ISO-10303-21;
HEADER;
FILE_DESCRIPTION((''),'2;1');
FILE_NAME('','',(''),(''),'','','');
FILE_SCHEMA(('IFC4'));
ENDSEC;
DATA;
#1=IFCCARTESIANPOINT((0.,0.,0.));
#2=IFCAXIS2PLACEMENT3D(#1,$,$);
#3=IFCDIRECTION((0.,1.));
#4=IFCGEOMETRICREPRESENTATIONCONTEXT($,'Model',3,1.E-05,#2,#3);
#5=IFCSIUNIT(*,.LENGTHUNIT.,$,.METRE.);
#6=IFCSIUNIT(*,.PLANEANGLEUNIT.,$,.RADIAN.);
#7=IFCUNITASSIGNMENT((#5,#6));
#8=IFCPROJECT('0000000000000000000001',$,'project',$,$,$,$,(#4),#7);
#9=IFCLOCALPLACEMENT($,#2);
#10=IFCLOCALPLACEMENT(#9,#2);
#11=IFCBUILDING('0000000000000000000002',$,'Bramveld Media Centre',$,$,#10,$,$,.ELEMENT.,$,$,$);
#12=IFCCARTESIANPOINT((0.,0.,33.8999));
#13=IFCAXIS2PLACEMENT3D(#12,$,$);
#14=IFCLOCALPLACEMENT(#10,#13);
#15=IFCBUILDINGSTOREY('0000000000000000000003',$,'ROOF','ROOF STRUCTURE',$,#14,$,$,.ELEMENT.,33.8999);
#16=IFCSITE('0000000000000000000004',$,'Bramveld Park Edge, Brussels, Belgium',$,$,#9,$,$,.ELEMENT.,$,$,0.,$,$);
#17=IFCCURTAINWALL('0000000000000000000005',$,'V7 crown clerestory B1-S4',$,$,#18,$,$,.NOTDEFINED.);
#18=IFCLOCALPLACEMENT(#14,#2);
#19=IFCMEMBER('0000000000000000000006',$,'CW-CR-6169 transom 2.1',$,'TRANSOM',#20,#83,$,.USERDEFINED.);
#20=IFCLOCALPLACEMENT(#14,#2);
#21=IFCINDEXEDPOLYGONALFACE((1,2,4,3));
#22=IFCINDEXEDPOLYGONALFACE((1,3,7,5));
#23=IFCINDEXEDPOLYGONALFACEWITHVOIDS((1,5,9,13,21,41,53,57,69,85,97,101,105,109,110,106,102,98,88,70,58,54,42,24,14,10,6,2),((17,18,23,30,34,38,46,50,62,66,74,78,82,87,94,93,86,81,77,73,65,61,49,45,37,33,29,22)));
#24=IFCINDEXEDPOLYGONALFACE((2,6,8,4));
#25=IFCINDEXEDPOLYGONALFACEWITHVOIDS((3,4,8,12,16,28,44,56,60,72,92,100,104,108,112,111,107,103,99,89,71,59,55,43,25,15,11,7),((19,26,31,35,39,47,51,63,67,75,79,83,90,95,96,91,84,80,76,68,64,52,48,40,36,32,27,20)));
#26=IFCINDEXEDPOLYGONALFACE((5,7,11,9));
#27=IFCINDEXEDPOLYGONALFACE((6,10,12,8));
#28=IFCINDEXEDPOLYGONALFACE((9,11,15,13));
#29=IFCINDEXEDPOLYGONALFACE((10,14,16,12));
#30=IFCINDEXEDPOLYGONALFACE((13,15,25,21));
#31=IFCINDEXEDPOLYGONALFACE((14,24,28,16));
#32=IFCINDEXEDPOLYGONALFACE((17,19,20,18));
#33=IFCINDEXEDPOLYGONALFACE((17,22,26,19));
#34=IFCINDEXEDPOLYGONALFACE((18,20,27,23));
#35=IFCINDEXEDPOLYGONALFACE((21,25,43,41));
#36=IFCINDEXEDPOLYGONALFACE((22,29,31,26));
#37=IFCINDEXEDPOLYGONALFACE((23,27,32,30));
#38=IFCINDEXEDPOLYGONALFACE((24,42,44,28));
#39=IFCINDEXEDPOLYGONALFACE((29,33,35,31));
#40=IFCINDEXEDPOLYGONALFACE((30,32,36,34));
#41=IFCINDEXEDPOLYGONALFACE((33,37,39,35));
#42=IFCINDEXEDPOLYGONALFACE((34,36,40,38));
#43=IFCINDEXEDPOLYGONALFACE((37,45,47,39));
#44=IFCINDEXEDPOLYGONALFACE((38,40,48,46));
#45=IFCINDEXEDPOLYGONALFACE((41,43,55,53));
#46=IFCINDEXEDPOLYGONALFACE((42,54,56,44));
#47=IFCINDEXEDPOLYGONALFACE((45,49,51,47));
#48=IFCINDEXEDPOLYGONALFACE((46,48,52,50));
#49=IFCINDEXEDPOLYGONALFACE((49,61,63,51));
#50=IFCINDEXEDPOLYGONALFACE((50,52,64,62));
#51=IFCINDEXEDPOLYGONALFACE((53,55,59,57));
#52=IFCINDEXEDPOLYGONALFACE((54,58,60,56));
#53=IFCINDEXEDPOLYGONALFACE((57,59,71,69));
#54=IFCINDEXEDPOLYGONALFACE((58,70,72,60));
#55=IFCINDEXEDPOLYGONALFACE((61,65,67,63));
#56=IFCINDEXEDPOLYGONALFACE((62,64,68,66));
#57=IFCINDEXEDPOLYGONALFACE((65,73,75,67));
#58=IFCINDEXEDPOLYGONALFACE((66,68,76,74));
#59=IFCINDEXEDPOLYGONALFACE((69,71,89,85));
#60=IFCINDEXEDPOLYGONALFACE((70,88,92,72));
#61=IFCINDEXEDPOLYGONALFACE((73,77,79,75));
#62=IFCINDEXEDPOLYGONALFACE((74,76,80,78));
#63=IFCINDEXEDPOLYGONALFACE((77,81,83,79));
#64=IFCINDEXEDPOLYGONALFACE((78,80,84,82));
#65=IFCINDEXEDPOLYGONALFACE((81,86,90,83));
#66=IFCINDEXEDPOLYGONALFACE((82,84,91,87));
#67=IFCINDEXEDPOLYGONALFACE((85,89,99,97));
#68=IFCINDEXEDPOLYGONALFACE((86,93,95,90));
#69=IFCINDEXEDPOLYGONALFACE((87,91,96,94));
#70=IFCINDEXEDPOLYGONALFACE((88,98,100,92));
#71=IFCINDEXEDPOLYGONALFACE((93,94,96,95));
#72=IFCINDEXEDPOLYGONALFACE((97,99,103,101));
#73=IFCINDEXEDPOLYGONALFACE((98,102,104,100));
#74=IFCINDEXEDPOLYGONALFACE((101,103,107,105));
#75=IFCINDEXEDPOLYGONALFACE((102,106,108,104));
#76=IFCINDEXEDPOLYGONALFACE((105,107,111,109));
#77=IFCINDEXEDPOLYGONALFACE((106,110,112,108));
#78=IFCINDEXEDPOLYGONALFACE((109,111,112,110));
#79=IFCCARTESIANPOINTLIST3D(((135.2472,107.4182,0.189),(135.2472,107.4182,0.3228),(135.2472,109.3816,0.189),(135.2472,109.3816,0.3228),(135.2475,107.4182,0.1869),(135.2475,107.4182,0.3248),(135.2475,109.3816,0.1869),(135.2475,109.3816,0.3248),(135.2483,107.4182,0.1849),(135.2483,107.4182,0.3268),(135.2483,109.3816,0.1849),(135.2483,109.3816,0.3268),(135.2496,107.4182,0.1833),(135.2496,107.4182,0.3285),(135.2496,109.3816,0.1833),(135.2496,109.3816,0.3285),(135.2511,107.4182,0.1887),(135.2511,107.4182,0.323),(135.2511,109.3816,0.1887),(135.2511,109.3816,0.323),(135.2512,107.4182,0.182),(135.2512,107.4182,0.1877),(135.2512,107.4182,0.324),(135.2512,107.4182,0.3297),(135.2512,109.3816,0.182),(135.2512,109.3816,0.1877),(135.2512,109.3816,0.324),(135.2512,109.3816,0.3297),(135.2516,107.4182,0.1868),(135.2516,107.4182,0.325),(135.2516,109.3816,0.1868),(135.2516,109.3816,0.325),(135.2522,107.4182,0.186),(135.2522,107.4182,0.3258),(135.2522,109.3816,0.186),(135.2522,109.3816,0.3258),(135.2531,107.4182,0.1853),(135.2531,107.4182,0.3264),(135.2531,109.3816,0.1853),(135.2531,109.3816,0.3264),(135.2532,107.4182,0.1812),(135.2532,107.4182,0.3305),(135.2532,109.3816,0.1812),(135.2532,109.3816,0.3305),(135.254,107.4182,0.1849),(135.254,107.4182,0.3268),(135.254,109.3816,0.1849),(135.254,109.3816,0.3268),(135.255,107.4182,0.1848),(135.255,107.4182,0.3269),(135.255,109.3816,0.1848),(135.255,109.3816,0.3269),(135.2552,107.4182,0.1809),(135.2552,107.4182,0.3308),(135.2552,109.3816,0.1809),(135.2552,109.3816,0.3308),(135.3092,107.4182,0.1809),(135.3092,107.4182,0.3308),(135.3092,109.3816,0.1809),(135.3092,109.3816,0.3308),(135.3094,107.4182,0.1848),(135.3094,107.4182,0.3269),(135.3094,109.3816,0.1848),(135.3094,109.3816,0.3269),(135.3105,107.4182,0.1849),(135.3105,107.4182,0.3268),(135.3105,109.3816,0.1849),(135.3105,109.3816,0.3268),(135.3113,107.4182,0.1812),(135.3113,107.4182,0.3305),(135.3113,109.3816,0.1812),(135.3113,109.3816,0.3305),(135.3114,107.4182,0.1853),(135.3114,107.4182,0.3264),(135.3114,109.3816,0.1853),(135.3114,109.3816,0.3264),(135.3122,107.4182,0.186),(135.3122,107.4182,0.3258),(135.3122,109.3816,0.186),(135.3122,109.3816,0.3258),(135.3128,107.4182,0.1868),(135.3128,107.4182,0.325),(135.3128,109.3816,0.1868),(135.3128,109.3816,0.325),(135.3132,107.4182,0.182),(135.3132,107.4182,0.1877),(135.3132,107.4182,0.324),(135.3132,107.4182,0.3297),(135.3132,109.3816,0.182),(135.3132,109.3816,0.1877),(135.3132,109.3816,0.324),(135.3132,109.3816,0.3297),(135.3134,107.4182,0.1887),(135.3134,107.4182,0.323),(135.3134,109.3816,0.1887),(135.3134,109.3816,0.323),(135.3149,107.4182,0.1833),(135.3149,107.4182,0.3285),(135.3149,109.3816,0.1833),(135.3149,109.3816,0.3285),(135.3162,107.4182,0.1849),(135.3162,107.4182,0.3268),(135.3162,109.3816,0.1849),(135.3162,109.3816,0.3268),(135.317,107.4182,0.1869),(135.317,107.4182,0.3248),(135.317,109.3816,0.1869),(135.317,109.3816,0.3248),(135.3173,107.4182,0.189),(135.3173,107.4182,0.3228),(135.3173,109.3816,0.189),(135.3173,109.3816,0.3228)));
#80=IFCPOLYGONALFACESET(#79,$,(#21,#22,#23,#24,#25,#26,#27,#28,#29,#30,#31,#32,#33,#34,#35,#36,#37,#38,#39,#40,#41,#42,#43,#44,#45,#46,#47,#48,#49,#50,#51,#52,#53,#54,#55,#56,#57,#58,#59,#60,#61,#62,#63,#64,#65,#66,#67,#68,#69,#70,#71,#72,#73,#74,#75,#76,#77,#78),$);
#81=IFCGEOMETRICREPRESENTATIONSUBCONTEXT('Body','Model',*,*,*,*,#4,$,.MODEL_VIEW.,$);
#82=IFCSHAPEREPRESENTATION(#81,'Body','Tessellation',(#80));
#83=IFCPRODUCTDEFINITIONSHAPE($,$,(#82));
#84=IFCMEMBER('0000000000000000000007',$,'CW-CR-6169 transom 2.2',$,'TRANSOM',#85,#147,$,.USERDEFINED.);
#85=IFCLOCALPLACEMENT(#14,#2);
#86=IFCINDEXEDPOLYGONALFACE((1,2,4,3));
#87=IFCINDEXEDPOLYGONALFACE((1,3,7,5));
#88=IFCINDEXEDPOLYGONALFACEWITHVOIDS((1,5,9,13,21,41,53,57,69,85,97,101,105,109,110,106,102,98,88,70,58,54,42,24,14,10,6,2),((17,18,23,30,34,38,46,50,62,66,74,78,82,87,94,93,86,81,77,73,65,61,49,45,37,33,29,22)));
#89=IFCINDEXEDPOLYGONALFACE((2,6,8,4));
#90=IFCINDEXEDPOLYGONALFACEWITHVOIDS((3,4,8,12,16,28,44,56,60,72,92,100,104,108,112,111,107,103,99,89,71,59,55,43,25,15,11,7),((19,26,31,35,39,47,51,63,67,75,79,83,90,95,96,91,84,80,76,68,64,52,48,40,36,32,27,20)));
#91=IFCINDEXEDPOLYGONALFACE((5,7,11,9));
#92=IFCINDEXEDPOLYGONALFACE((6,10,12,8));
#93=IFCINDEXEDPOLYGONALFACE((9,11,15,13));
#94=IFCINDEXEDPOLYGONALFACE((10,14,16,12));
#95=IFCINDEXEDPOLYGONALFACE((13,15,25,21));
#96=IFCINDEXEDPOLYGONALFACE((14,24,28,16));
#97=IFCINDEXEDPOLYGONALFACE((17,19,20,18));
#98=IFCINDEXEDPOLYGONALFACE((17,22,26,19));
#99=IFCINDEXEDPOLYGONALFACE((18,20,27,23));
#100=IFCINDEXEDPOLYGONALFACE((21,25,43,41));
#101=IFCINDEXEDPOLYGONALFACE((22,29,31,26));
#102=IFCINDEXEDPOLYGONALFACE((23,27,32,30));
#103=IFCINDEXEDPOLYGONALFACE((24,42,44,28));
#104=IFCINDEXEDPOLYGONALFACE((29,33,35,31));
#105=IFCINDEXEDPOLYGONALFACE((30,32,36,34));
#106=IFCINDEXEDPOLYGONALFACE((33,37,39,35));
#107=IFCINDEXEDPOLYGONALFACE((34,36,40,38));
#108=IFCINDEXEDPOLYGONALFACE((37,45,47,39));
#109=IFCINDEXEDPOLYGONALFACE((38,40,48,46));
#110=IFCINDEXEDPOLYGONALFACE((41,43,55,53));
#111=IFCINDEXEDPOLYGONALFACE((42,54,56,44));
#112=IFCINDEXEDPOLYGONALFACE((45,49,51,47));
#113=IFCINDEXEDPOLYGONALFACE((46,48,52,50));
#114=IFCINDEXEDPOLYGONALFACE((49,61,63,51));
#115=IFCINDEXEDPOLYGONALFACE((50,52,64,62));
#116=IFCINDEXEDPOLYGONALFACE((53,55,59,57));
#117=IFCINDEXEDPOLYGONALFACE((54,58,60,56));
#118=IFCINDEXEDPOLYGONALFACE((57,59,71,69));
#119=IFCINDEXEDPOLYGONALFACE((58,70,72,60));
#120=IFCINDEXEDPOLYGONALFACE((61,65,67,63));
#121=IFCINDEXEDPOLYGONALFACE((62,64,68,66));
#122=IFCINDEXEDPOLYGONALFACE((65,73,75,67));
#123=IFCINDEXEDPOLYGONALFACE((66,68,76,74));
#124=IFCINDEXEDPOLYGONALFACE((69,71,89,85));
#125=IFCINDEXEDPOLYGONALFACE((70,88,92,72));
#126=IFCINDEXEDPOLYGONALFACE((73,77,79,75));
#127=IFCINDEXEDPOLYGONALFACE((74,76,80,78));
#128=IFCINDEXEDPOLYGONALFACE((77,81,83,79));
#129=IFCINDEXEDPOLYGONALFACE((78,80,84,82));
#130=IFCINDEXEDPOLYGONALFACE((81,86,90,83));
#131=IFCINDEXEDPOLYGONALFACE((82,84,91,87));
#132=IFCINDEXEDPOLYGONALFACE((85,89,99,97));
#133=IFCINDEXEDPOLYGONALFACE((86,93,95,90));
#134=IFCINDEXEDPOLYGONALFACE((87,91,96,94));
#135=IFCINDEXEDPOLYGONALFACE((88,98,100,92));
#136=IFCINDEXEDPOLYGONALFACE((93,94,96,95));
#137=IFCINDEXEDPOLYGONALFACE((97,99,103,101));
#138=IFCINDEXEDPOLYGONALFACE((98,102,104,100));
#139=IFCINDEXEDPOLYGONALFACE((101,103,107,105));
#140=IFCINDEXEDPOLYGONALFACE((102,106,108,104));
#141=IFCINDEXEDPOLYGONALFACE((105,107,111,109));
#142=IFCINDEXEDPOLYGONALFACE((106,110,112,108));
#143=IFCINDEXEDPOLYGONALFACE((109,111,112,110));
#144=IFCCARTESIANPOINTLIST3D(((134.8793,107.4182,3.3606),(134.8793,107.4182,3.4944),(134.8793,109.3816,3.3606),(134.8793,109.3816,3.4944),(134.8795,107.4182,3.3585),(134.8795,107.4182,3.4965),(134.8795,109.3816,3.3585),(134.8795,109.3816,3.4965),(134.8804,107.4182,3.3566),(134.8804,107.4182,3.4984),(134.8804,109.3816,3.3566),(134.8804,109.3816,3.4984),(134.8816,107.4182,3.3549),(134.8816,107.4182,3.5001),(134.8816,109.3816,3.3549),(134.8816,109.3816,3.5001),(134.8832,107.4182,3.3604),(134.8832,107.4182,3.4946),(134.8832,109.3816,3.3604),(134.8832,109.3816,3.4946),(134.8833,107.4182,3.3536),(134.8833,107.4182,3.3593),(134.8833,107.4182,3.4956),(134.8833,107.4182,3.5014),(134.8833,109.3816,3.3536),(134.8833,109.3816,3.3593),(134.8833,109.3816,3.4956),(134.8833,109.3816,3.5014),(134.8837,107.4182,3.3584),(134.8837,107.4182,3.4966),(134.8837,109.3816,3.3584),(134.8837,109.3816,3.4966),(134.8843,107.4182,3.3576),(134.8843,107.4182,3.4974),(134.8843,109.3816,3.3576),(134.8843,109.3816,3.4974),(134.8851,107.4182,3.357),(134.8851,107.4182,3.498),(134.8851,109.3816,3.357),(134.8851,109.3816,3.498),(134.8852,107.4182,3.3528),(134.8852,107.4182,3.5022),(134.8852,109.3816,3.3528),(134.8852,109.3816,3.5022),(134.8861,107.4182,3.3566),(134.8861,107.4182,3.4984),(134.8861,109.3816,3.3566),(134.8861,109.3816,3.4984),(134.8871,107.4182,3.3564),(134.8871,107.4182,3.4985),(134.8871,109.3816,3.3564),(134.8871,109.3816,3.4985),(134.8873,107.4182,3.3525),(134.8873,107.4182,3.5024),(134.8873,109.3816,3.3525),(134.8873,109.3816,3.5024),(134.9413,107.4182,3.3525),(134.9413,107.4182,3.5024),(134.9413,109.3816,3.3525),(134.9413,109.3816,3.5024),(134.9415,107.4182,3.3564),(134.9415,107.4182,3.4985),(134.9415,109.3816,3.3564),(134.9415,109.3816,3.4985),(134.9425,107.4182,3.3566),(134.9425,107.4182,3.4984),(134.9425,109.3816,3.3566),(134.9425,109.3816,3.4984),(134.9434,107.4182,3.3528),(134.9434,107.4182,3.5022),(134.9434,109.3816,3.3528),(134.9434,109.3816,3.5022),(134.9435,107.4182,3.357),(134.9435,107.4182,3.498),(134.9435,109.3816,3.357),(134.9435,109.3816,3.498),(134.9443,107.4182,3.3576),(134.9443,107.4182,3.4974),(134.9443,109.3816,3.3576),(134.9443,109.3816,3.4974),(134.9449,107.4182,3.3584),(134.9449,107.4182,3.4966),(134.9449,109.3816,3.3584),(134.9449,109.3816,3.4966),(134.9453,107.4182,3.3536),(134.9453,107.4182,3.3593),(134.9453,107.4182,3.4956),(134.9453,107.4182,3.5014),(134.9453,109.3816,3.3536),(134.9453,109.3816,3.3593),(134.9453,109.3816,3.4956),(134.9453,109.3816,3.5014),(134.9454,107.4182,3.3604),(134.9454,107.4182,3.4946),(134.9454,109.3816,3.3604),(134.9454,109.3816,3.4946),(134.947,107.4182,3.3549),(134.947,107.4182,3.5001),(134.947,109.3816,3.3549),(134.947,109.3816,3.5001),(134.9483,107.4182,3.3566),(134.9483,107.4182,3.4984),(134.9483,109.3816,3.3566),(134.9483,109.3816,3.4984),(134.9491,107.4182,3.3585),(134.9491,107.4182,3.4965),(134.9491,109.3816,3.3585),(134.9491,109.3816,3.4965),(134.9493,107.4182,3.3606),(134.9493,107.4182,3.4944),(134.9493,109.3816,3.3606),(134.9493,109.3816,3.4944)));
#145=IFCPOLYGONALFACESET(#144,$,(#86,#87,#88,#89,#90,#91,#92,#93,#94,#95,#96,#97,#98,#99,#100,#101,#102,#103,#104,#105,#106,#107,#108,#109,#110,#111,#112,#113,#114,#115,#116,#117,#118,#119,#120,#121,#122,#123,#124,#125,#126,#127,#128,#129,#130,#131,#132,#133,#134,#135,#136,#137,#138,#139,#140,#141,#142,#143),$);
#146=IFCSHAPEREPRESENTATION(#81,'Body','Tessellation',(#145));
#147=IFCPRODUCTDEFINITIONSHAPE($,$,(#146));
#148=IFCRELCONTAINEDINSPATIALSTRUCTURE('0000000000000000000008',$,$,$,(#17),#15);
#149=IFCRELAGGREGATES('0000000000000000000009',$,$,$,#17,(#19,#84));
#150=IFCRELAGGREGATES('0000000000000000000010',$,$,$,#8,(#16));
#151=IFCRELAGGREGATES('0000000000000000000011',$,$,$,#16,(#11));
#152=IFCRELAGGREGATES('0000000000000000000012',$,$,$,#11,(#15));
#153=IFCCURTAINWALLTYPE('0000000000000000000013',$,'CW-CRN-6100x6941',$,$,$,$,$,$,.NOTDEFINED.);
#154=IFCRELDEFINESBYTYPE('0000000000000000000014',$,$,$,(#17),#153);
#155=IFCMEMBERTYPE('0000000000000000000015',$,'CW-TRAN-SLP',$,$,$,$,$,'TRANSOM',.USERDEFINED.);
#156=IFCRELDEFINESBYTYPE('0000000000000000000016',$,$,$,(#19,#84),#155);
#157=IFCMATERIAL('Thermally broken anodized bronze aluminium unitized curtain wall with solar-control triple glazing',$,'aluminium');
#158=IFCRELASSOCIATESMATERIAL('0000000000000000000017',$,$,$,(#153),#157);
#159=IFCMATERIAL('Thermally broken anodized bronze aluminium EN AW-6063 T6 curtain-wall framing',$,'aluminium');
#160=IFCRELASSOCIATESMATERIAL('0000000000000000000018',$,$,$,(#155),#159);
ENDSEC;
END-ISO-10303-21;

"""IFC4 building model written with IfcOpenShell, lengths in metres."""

from ifc_helpers import new_model, si_unit, direction, frame, origin, origin_2d, place, context, subcontext, project, spatial, hollow_rectangle, extrude, material, material_profile, profile_set, type_object, element, aggregate, save


model = new_model("IFC4")

# Units and contexts
model_context = context("Model", 3, precision=1e-05, world=origin(), true_north=direction((0.0, 1.0)))
body_context = subcontext(model_context, "Body", "Model", "MODEL_VIEW")
ifc_project = project(units=[si_unit("LENGTHUNIT", "METRE"), si_unit("PLANEANGLEUNIT", "RADIAN")], contexts=[model_context])

# Site, building, storey
site_placement = place(None, origin())
site = spatial("IfcSite", under=ifc_project, at=site_placement, Name="Bramveld Park Edge, Brussels, Belgium", CompositionType="ELEMENT", RefElevation=0.0)
building_placement = place(site_placement, origin())
building = spatial("IfcBuilding", under=site, at=building_placement, Name="Bramveld Media Centre", CompositionType="ELEMENT")
storey_placement = place(building_placement, frame((0.0, 0.0, 33.8999)))
storey = spatial("IfcBuildingStorey", under=building, at=storey_placement, Name="ROOF", Description="ROOF STRUCTURE", CompositionType="ELEMENT", Elevation=33.8999)

# Curtain wall, members
ifc_material_1 = material(Name="Thermally broken anodized bronze aluminium unitized curtain wall with solar-control triple glazing", Category="aluminium")
curtain_wall_type = type_object("IfcCurtainWallType", Name="CW-CRN-6100x6941", PredefinedType="NOTDEFINED", material=ifc_material_1)
curtain_wall_placement = place(storey_placement, origin())
curtain_wall = element("IfcCurtainWall", 1, at=curtain_wall_placement, inside=storey, type_object=curtain_wall_type, Name="V7 crown clerestory B1-S4", PredefinedType="NOTDEFINED")
ifc_material_2 = material(Name="Thermally broken anodized bronze aluminium EN AW-6063 T6 curtain-wall framing", Category="aluminium")
ifc_material_profile_1 = material_profile(ifc_material_2, hollow_rectangle(XDim=0.0701, YDim=0.1499, WallThickness=0.0039, InnerFilletRadius=0.0039, OuterFilletRadius=0.0081, at=origin_2d()), Name="AL-TRAN 70x150")
ifc_profile_set_1 = profile_set([ifc_material_profile_1], Name="Thermally broken anodized bronze aluminium EN AW-6063 T6 curtain-wall framing")
member_type_1 = type_object("IfcMemberType", Name="CW-TRAN-SLP", ElementType="TRANSOM", PredefinedType="USERDEFINED", material=ifc_profile_set_1)
member_1_placement = place(storey_placement, frame((135.2822, 107.4182, 0.2559), z_axis=(0.0, 1.0, 0.0), x_axis=(-1.0, 0.0, 0.0)))
member_1 = element("IfcMember", 2, at=member_1_placement, type_object=member_type_1, Name="CW-CR-6169 transom 2.1", ObjectType="TRANSOM", PredefinedType="USERDEFINED", context=body_context, shape_type="SweptSolid", body=[
    extrude(hollow_rectangle(XDim=0.0701, YDim=0.1499, WallThickness=0.0039, InnerFilletRadius=0.0039, OuterFilletRadius=0.0081, at=origin_2d()), origin(), (0.0, 0.0, 1.0), 1.9634),
])
member_2_placement = place(storey_placement, frame((134.9143, 107.4182, 3.4275), z_axis=(0.0, 1.0, 0.0), x_axis=(-1.0, 0.0, 0.0)))
member_2 = element("IfcMember", 3, at=member_2_placement, type_object=member_type_1, Name="CW-CR-6169 transom 2.2", ObjectType="TRANSOM", PredefinedType="USERDEFINED", context=body_context, shape_type="SweptSolid", body=[
    extrude(hollow_rectangle(XDim=0.0701, YDim=0.1499, WallThickness=0.0039, InnerFilletRadius=0.0039, OuterFilletRadius=0.0081, at=origin_2d()), origin(), (0.0, 0.0, 1.0), 1.9634),
])

aggregate(curtain_wall, [member_1, member_2])

save(model, "model.ifc")
